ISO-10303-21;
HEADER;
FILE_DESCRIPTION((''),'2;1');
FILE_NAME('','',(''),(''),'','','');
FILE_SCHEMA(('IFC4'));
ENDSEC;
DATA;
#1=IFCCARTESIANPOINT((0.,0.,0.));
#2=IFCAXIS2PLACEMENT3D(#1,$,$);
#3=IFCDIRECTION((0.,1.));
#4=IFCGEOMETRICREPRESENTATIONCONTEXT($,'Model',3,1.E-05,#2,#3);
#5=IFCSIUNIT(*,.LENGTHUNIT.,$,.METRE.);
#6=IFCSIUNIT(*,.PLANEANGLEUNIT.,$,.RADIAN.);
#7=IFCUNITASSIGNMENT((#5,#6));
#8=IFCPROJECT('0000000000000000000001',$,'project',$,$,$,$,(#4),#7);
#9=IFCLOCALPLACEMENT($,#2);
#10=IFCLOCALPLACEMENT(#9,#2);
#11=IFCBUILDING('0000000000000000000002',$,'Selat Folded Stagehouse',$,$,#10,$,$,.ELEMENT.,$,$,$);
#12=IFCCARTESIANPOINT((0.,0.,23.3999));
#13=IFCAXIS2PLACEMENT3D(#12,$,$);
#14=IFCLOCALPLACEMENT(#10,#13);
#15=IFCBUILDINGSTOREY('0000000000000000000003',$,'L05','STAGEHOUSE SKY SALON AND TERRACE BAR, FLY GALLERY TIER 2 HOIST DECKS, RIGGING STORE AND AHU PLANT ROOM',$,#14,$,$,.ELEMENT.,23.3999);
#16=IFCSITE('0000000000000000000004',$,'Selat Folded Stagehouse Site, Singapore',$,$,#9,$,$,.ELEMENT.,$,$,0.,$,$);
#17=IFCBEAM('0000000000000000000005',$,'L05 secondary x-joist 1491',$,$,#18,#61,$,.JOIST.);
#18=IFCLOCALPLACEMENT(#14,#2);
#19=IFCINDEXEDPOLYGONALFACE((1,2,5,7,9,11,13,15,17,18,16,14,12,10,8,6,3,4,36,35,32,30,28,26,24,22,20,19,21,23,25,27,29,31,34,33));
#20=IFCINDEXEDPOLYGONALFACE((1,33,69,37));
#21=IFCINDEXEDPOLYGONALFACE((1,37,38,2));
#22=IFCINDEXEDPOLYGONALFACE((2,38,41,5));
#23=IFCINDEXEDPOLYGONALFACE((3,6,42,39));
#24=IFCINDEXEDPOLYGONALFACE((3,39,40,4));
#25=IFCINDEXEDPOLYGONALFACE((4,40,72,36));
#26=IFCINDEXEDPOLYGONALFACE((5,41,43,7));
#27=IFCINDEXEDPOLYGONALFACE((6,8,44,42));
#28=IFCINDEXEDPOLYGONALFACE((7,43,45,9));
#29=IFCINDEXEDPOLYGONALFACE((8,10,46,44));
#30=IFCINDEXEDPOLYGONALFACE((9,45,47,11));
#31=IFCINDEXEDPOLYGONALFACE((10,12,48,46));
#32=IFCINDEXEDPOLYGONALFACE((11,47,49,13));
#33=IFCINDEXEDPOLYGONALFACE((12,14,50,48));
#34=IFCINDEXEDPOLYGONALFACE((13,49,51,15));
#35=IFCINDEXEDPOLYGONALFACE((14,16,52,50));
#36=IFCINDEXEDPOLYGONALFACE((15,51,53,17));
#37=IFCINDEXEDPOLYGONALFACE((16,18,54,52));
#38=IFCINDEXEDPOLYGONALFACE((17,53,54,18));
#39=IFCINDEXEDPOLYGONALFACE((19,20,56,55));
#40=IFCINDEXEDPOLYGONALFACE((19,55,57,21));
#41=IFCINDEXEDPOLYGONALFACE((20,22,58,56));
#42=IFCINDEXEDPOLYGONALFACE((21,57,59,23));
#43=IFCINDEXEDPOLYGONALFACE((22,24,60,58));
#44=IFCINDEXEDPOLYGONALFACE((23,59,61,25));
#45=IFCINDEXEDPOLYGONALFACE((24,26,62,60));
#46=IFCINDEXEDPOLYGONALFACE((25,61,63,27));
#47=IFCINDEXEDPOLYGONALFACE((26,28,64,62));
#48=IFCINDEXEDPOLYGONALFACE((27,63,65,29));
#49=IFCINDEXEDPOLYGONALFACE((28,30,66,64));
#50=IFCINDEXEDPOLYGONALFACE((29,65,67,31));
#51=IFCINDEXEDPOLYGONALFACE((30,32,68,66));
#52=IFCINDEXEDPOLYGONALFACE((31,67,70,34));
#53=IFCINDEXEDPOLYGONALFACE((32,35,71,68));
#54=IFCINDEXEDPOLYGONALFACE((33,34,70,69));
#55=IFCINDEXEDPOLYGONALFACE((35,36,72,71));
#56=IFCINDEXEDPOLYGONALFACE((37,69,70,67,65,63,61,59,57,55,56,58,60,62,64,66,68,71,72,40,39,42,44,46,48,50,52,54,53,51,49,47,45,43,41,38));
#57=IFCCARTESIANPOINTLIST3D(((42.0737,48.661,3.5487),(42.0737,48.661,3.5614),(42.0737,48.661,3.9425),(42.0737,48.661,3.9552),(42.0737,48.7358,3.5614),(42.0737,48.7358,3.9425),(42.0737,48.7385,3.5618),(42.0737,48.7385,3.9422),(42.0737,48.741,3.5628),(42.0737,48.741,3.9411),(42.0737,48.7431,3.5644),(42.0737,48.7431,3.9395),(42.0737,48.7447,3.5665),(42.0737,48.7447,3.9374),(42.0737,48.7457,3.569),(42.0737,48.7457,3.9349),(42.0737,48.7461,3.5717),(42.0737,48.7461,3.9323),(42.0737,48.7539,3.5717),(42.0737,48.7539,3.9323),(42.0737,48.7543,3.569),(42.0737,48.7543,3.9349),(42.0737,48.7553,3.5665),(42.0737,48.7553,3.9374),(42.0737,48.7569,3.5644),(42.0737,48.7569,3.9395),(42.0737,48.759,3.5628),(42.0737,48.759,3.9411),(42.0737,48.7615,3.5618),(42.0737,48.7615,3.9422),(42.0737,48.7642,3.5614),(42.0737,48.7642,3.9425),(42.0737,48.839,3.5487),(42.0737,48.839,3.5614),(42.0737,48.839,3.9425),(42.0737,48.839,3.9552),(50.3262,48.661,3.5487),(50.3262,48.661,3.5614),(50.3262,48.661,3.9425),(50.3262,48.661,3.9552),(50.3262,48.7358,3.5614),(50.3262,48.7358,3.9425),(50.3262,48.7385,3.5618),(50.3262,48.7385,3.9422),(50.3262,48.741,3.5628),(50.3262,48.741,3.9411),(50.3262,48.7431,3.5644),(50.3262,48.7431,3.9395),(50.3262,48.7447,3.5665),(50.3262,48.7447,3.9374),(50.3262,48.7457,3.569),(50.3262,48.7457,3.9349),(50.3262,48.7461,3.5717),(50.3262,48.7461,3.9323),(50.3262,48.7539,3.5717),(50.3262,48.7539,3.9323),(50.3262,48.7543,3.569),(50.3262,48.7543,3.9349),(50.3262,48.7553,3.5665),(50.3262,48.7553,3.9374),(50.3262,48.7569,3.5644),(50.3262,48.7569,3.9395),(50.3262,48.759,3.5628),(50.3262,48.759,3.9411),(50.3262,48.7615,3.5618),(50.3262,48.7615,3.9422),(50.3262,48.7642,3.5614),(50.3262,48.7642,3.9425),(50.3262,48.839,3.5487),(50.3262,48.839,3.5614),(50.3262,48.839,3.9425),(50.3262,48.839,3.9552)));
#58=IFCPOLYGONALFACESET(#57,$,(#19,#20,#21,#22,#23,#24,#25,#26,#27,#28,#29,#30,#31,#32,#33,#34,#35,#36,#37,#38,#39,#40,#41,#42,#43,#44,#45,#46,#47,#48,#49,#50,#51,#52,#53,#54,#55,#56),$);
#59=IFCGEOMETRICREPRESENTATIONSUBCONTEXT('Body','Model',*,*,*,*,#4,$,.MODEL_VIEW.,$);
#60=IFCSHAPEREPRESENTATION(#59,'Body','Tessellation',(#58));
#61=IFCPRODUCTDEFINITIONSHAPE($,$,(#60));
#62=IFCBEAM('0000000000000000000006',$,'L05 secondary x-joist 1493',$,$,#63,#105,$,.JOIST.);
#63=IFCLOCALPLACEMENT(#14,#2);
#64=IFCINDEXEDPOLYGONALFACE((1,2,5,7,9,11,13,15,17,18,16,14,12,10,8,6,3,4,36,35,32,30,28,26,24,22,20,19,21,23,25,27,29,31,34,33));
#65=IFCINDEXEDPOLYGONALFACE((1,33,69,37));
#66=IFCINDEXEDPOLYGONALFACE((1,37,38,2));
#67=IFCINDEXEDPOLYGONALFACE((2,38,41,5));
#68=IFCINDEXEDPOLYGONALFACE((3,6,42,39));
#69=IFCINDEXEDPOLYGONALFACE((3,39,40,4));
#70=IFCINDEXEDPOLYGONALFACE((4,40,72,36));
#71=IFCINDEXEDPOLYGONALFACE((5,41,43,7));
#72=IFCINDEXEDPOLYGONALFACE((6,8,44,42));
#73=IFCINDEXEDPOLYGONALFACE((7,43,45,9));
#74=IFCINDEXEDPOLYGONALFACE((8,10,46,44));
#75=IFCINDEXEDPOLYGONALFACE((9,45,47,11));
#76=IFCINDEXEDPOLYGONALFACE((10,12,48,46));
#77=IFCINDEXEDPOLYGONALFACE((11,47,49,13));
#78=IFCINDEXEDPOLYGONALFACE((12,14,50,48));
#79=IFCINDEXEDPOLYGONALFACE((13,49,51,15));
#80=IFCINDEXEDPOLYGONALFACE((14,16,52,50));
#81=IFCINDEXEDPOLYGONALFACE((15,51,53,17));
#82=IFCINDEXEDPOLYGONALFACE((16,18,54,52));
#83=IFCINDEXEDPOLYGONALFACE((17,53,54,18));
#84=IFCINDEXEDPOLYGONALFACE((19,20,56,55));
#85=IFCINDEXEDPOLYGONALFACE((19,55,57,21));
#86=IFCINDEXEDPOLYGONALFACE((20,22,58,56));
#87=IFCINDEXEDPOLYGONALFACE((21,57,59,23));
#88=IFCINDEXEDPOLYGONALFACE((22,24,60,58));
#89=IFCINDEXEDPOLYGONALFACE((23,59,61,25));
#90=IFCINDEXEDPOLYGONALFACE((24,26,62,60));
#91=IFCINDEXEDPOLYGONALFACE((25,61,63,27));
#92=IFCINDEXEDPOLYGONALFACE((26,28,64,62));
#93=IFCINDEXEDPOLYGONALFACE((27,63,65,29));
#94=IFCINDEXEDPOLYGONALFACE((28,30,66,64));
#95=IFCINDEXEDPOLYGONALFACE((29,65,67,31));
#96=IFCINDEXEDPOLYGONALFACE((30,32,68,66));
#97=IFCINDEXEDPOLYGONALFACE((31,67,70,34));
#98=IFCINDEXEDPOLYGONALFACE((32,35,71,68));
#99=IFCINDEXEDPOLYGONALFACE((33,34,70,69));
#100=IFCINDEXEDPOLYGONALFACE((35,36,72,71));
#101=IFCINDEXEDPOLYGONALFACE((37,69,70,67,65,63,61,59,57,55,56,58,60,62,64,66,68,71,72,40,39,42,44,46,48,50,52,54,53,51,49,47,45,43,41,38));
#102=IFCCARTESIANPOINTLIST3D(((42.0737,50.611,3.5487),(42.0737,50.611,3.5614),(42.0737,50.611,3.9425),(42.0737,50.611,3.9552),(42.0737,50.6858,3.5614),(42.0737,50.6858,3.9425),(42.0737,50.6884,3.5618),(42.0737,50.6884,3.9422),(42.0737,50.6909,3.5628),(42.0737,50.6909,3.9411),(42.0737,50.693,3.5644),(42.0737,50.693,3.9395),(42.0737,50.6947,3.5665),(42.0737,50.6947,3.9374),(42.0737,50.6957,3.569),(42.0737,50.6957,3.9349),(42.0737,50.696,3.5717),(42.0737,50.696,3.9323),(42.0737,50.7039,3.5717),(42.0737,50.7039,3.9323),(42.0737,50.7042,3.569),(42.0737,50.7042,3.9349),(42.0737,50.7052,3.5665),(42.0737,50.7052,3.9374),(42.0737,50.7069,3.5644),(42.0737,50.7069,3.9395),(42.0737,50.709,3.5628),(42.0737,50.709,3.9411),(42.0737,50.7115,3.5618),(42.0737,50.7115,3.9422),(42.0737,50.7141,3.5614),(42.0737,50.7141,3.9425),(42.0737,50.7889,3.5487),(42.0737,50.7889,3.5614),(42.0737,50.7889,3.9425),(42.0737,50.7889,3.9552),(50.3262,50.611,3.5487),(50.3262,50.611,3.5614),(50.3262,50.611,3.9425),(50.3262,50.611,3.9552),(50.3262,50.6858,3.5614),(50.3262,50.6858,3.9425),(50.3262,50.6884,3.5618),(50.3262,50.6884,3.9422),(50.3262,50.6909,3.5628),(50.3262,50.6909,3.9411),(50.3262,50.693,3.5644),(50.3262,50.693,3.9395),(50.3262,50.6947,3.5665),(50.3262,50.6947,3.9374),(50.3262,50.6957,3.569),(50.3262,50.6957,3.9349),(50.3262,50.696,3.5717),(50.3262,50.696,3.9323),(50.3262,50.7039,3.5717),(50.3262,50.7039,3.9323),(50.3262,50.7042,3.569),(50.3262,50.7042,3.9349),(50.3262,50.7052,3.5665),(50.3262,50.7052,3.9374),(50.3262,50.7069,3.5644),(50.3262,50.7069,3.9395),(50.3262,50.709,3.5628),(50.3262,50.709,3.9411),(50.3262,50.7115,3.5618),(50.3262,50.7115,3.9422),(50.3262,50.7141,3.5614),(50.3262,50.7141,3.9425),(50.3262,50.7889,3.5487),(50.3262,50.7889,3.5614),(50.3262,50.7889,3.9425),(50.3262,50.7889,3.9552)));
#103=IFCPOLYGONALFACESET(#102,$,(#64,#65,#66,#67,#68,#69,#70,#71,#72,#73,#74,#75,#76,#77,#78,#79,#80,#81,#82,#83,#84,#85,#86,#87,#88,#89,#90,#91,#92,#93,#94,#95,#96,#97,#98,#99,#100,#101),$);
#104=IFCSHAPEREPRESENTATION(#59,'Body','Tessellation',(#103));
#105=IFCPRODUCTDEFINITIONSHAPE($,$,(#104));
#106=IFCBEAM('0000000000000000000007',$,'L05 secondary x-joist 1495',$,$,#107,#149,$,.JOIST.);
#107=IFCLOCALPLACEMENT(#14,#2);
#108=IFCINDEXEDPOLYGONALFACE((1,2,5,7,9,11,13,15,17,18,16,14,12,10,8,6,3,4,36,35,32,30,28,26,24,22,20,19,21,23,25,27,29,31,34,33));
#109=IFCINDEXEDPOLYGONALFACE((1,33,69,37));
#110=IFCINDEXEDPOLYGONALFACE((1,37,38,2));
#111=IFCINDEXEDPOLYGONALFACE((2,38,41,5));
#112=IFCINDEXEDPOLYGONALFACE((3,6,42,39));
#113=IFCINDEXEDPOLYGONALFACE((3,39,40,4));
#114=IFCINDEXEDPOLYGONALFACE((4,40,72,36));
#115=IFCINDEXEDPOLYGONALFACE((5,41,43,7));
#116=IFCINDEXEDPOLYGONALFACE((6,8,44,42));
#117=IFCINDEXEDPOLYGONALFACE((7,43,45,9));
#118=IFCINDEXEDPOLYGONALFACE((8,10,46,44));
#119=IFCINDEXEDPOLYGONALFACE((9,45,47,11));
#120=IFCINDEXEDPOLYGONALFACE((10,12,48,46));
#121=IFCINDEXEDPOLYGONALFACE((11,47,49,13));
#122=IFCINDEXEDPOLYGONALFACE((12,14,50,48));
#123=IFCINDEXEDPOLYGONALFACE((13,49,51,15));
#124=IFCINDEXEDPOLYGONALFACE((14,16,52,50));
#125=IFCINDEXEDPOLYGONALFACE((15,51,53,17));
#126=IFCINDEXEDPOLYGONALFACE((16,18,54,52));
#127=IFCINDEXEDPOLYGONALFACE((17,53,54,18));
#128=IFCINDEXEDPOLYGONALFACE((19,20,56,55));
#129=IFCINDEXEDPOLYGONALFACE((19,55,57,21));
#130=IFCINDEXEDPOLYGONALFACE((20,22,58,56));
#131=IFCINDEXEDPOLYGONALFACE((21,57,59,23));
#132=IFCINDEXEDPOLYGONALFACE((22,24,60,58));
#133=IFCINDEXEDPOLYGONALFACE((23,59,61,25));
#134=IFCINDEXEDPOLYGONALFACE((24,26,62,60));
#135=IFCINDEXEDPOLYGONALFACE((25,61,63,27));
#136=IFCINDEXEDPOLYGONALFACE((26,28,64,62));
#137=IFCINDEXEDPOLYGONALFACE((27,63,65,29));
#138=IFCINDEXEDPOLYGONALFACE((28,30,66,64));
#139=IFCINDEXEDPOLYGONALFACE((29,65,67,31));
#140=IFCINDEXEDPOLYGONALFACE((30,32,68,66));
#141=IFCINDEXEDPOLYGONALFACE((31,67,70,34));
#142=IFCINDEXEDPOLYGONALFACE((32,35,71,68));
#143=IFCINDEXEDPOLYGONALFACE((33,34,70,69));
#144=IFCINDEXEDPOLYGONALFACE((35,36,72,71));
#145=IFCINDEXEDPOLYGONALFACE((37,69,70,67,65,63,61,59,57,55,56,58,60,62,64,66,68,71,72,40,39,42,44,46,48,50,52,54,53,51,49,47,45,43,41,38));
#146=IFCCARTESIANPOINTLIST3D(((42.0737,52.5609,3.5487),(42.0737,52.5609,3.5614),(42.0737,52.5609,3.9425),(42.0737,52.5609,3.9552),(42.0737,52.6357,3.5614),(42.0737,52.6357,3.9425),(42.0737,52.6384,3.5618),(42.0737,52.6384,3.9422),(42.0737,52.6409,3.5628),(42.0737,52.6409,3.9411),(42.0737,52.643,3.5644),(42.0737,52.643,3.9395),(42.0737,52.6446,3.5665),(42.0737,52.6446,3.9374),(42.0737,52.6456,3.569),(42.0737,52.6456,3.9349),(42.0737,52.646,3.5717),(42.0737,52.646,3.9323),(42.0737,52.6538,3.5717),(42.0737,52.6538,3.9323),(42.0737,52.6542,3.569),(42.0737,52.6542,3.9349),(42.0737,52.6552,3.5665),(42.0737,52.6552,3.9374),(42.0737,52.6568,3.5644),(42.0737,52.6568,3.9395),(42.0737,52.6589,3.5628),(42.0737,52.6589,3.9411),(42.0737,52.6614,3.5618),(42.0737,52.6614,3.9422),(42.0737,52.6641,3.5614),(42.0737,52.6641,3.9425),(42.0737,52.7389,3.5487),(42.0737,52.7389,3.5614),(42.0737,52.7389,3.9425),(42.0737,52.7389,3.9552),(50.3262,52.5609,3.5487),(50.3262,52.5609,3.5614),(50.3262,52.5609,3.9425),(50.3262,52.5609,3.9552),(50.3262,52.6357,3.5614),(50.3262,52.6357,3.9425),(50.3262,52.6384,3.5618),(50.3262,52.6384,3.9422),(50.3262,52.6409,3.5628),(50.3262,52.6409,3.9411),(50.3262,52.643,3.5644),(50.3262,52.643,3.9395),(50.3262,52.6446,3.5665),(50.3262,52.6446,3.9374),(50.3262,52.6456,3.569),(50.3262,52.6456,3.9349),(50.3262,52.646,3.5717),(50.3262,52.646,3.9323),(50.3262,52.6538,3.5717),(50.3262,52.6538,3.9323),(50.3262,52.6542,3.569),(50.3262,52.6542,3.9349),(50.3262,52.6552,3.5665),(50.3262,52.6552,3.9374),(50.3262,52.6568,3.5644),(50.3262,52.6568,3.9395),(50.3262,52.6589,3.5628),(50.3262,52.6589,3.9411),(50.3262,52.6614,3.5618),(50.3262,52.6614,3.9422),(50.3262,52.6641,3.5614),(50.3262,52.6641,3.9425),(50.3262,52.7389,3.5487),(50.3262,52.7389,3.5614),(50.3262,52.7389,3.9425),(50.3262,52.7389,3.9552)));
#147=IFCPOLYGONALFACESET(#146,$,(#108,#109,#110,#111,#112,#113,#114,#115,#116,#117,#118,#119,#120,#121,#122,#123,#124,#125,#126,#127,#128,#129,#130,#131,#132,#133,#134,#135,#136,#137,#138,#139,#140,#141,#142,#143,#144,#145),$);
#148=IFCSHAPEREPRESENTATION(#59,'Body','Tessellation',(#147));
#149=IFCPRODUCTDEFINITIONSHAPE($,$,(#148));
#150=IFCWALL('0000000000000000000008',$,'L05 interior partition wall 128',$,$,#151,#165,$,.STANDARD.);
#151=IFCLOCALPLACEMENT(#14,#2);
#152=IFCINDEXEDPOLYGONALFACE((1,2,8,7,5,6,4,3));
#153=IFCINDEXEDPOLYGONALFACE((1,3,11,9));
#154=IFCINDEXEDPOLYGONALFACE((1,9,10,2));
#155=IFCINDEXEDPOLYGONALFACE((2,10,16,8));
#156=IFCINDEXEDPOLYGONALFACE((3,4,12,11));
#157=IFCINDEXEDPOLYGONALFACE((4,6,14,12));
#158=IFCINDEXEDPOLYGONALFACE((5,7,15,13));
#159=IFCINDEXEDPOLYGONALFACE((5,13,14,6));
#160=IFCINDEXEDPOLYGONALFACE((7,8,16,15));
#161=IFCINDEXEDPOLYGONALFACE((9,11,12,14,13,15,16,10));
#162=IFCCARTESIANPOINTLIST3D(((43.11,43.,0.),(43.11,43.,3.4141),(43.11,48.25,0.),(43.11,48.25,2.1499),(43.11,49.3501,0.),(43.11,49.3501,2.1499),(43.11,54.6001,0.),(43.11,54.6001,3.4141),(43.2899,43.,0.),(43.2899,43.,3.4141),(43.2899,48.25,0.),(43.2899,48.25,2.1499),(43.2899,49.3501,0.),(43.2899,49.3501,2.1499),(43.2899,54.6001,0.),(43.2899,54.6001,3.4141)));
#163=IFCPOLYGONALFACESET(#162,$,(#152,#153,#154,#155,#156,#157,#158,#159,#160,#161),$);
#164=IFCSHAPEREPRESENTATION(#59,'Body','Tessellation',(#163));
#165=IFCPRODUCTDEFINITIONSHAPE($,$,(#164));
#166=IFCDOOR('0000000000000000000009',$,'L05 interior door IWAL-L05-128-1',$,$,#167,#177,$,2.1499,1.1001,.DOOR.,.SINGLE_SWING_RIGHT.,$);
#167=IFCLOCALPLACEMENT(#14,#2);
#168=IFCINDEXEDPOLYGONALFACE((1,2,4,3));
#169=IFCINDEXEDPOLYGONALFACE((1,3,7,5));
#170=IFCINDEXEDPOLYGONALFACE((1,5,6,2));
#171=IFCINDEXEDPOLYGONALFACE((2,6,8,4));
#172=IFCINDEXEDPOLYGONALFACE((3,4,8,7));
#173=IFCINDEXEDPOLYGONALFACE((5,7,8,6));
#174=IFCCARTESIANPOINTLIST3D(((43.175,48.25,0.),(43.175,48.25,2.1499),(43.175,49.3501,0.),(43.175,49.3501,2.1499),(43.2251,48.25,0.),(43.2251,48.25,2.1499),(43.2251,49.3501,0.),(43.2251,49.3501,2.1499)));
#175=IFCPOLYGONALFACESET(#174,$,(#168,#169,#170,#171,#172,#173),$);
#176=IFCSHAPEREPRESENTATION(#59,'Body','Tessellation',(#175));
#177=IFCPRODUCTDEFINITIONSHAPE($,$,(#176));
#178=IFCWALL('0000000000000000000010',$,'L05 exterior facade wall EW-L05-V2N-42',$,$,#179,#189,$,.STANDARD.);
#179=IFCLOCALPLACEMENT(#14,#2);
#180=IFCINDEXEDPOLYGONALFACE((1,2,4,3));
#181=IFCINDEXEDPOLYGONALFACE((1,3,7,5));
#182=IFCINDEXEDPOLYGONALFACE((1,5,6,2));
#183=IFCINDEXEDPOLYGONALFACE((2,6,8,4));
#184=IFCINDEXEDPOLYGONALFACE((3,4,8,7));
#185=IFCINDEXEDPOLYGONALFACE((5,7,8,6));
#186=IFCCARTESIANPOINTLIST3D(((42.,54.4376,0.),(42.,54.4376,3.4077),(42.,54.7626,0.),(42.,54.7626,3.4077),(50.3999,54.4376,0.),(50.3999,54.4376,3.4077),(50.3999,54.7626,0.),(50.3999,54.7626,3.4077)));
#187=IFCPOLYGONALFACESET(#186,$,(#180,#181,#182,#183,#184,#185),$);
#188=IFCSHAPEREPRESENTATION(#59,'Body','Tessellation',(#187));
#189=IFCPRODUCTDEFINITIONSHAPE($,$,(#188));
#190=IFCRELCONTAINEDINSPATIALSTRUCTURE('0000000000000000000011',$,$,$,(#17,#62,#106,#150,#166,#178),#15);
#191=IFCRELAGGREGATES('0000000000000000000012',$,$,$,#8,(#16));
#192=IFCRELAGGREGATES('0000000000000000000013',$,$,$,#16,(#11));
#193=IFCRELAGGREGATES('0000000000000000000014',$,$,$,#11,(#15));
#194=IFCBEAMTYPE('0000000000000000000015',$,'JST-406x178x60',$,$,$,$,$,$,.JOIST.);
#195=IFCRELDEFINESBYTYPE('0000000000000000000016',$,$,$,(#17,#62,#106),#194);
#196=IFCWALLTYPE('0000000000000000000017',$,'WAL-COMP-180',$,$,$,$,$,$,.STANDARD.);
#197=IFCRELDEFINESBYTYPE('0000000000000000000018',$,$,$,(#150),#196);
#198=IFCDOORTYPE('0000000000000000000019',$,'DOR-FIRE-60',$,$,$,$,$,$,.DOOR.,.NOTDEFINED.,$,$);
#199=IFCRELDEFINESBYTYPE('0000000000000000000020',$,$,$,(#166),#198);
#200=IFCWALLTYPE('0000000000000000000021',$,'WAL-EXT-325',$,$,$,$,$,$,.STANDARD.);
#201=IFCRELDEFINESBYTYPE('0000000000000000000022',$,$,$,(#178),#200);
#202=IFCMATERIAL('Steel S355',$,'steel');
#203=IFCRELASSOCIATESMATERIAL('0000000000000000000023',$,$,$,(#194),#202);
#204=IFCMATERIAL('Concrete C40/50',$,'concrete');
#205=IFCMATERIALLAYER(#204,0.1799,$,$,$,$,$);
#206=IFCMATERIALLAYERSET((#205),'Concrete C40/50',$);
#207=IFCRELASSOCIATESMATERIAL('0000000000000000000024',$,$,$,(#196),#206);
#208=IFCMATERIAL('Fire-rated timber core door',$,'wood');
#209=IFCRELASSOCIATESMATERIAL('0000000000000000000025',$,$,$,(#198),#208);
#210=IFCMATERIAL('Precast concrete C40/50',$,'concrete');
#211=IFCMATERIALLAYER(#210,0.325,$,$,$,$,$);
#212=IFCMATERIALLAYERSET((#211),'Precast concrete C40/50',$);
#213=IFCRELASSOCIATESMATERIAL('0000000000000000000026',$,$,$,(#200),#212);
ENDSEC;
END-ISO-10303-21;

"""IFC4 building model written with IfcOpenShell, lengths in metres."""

from ifc_helpers import new_model, si_unit, direction, frame, frame_2d, origin, origin_2d, place, context, subcontext, project, spatial, rectangle, i_section, extrude, material, layer, layer_set, material_profile, profile_set, type_object, element, fill, save


model = new_model("IFC4")

# Units and contexts
model_context = context("Model", 3, precision=1e-05, world=origin(), true_north=direction((0.0, 1.0)))
body_context = subcontext(model_context, "Body", "Model", "MODEL_VIEW")
ifc_project = project(units=[si_unit("LENGTHUNIT", "METRE"), si_unit("PLANEANGLEUNIT", "RADIAN")], contexts=[model_context])

# Site, building, storey
site_placement = place(None, origin())
site = spatial("IfcSite", under=ifc_project, at=site_placement, Name="Selat Folded Stagehouse Site, Singapore", CompositionType="ELEMENT", RefElevation=0.0)
building_placement = place(site_placement, origin())
building = spatial("IfcBuilding", under=site, at=building_placement, Name="Selat Folded Stagehouse", CompositionType="ELEMENT")
storey_placement = place(building_placement, frame((0.0, 0.0, 23.3999)))
storey = spatial("IfcBuildingStorey", under=building, at=storey_placement, Name="L05", Description="STAGEHOUSE SKY SALON AND TERRACE BAR, FLY GALLERY TIER 2 HOIST DECKS, RIGGING STORE AND AHU PLANT ROOM", CompositionType="ELEMENT", Elevation=23.3999)

# Shared definitions
ifc_material_1 = material(Name="Steel S355", Category="steel")

# Beams
ifc_material_profile_1 = material_profile(ifc_material_1, i_section(OverallWidth=0.178, OverallDepth=0.4065, WebThickness=0.0078, FlangeThickness=0.0127, FilletRadius=0.0103, at=origin_2d()), Name="UKB 406x178x60")
ifc_profile_set_1 = profile_set([ifc_material_profile_1], Name="Steel S355")
beam_type_1 = type_object("IfcBeamType", Name="JST-406x178x60", PredefinedType="JOIST", material=ifc_profile_set_1)
for number, where, z_axis, x_axis, name in (
    (1, (42.0737, 48.75, 3.752), (1.0, 0.0, 0.0), (0.0, 1.0, 0.0), "L05 secondary x-joist 1491"),
    (2, (42.0737, 50.7, 3.752), (1.0, 0.0, 0.0), (0.0, 1.0, 0.0), "L05 secondary x-joist 1493"),
    (3, (42.0737, 52.6499, 3.752), (1.0, 0.0, 0.0), (0.0, 1.0, 0.0), "L05 secondary x-joist 1495"),
):
    element("IfcBeam", number, at=place(storey_placement, frame(where, z_axis=z_axis, x_axis=x_axis)), inside=storey, type_object=beam_type_1, Name=name, PredefinedType="JOIST", context=body_context, shape_type="SweptSolid", body=[
        extrude(i_section(OverallWidth=0.178, OverallDepth=0.4065, WebThickness=0.0078, FlangeThickness=0.0127, FilletRadius=0.0103, at=origin_2d()), origin(), (0.0, 0.0, 1.0), 8.2524),
    ])

# Wall, opening, door
ifc_material_2 = material(Name="Concrete C40/50", Category="concrete")
ifc_layer_1 = layer(ifc_material_2, 0.1799)
ifc_layer_set_1 = layer_set([ifc_layer_1], Name="Concrete C40/50")
wall_type_1 = type_object("IfcWallType", Name="WAL-COMP-180", PredefinedType="STANDARD", material=ifc_layer_set_1)
wall_1_placement = place(storey_placement, frame((43.2, 43.0, 0.0), z_axis=(0.0, 0.0, 1.0), x_axis=(0.0, 1.0, 0.0)))
wall_1 = element("IfcWall", 4, at=wall_1_placement, inside=storey, type_object=wall_type_1, Name="L05 interior partition wall 128", PredefinedType="STANDARD", context=body_context, shape_type="SweptSolid", body=[
    extrude(rectangle(XDim=11.6001, YDim=0.1799, at=frame_2d((5.8, 0.0))), origin(), (0.0, 0.0, 1.0), 3.4141),
])
opening_placement = place(wall_1_placement, frame((5.25, 0.0, 0.0)))
opening = element("IfcOpeningElement", 5, at=opening_placement, cuts=wall_1, PredefinedType="OPENING", context=body_context, shape_type="SweptSolid", body=[
    extrude(rectangle(XDim=1.1001, YDim=2.1499, at=frame_2d((0.55, 1.075))), frame((0.0, 0.0999, 0.0), z_axis=(0.0, -1.0, 0.0), x_axis=(1.0, 0.0, 0.0)), (0.0, 0.0, 1.0), 0.2),
])
ifc_material_3 = material(Name="Fire-rated timber core door", Category="wood")
door_type = type_object("IfcDoorType", Name="DOR-FIRE-60", OperationType="NOTDEFINED", PredefinedType="DOOR", material=ifc_material_3)
door_placement = place(opening_placement, origin())
door = element("IfcDoor", 6, at=door_placement, inside=storey, type_object=door_type, Name="L05 interior door IWAL-L05-128-1", OperationType="SINGLE_SWING_RIGHT", OverallHeight=2.1499, OverallWidth=1.1001, PredefinedType="DOOR", context=body_context, shape_type="SweptSolid", body=[
    extrude(rectangle(XDim=1.1001, YDim=2.1499, at=frame_2d((0.55, 1.075))), frame((0.0, 0.0249, 0.0), z_axis=(0.0, -1.0, 0.0), x_axis=(1.0, 0.0, 0.0)), (0.0, 0.0, 1.0), 0.05),
])
fill(opening, door)

# Wall
ifc_material_4 = material(Name="Precast concrete C40/50", Category="concrete")
ifc_layer_2 = layer(ifc_material_4, 0.325)
ifc_layer_set_2 = layer_set([ifc_layer_2], Name="Precast concrete C40/50")
wall_type_2 = type_object("IfcWallType", Name="WAL-EXT-325", PredefinedType="STANDARD", material=ifc_layer_set_2)
wall_2_placement = place(storey_placement, frame((42.0, 54.6001, 0.0), z_axis=(0.0, 0.0, 1.0), x_axis=(1.0, 0.0, 0.0)))
element("IfcWall", 7, at=wall_2_placement, inside=storey, type_object=wall_type_2, Name="L05 exterior facade wall EW-L05-V2N-42", PredefinedType="STANDARD", context=body_context, shape_type="SweptSolid", body=[
    extrude(rectangle(XDim=8.3999, YDim=0.325, at=frame_2d((4.2, 0.0))), origin(), (0.0, 0.0, 1.0), 3.4077),
])

save(model, "model.ifc")
